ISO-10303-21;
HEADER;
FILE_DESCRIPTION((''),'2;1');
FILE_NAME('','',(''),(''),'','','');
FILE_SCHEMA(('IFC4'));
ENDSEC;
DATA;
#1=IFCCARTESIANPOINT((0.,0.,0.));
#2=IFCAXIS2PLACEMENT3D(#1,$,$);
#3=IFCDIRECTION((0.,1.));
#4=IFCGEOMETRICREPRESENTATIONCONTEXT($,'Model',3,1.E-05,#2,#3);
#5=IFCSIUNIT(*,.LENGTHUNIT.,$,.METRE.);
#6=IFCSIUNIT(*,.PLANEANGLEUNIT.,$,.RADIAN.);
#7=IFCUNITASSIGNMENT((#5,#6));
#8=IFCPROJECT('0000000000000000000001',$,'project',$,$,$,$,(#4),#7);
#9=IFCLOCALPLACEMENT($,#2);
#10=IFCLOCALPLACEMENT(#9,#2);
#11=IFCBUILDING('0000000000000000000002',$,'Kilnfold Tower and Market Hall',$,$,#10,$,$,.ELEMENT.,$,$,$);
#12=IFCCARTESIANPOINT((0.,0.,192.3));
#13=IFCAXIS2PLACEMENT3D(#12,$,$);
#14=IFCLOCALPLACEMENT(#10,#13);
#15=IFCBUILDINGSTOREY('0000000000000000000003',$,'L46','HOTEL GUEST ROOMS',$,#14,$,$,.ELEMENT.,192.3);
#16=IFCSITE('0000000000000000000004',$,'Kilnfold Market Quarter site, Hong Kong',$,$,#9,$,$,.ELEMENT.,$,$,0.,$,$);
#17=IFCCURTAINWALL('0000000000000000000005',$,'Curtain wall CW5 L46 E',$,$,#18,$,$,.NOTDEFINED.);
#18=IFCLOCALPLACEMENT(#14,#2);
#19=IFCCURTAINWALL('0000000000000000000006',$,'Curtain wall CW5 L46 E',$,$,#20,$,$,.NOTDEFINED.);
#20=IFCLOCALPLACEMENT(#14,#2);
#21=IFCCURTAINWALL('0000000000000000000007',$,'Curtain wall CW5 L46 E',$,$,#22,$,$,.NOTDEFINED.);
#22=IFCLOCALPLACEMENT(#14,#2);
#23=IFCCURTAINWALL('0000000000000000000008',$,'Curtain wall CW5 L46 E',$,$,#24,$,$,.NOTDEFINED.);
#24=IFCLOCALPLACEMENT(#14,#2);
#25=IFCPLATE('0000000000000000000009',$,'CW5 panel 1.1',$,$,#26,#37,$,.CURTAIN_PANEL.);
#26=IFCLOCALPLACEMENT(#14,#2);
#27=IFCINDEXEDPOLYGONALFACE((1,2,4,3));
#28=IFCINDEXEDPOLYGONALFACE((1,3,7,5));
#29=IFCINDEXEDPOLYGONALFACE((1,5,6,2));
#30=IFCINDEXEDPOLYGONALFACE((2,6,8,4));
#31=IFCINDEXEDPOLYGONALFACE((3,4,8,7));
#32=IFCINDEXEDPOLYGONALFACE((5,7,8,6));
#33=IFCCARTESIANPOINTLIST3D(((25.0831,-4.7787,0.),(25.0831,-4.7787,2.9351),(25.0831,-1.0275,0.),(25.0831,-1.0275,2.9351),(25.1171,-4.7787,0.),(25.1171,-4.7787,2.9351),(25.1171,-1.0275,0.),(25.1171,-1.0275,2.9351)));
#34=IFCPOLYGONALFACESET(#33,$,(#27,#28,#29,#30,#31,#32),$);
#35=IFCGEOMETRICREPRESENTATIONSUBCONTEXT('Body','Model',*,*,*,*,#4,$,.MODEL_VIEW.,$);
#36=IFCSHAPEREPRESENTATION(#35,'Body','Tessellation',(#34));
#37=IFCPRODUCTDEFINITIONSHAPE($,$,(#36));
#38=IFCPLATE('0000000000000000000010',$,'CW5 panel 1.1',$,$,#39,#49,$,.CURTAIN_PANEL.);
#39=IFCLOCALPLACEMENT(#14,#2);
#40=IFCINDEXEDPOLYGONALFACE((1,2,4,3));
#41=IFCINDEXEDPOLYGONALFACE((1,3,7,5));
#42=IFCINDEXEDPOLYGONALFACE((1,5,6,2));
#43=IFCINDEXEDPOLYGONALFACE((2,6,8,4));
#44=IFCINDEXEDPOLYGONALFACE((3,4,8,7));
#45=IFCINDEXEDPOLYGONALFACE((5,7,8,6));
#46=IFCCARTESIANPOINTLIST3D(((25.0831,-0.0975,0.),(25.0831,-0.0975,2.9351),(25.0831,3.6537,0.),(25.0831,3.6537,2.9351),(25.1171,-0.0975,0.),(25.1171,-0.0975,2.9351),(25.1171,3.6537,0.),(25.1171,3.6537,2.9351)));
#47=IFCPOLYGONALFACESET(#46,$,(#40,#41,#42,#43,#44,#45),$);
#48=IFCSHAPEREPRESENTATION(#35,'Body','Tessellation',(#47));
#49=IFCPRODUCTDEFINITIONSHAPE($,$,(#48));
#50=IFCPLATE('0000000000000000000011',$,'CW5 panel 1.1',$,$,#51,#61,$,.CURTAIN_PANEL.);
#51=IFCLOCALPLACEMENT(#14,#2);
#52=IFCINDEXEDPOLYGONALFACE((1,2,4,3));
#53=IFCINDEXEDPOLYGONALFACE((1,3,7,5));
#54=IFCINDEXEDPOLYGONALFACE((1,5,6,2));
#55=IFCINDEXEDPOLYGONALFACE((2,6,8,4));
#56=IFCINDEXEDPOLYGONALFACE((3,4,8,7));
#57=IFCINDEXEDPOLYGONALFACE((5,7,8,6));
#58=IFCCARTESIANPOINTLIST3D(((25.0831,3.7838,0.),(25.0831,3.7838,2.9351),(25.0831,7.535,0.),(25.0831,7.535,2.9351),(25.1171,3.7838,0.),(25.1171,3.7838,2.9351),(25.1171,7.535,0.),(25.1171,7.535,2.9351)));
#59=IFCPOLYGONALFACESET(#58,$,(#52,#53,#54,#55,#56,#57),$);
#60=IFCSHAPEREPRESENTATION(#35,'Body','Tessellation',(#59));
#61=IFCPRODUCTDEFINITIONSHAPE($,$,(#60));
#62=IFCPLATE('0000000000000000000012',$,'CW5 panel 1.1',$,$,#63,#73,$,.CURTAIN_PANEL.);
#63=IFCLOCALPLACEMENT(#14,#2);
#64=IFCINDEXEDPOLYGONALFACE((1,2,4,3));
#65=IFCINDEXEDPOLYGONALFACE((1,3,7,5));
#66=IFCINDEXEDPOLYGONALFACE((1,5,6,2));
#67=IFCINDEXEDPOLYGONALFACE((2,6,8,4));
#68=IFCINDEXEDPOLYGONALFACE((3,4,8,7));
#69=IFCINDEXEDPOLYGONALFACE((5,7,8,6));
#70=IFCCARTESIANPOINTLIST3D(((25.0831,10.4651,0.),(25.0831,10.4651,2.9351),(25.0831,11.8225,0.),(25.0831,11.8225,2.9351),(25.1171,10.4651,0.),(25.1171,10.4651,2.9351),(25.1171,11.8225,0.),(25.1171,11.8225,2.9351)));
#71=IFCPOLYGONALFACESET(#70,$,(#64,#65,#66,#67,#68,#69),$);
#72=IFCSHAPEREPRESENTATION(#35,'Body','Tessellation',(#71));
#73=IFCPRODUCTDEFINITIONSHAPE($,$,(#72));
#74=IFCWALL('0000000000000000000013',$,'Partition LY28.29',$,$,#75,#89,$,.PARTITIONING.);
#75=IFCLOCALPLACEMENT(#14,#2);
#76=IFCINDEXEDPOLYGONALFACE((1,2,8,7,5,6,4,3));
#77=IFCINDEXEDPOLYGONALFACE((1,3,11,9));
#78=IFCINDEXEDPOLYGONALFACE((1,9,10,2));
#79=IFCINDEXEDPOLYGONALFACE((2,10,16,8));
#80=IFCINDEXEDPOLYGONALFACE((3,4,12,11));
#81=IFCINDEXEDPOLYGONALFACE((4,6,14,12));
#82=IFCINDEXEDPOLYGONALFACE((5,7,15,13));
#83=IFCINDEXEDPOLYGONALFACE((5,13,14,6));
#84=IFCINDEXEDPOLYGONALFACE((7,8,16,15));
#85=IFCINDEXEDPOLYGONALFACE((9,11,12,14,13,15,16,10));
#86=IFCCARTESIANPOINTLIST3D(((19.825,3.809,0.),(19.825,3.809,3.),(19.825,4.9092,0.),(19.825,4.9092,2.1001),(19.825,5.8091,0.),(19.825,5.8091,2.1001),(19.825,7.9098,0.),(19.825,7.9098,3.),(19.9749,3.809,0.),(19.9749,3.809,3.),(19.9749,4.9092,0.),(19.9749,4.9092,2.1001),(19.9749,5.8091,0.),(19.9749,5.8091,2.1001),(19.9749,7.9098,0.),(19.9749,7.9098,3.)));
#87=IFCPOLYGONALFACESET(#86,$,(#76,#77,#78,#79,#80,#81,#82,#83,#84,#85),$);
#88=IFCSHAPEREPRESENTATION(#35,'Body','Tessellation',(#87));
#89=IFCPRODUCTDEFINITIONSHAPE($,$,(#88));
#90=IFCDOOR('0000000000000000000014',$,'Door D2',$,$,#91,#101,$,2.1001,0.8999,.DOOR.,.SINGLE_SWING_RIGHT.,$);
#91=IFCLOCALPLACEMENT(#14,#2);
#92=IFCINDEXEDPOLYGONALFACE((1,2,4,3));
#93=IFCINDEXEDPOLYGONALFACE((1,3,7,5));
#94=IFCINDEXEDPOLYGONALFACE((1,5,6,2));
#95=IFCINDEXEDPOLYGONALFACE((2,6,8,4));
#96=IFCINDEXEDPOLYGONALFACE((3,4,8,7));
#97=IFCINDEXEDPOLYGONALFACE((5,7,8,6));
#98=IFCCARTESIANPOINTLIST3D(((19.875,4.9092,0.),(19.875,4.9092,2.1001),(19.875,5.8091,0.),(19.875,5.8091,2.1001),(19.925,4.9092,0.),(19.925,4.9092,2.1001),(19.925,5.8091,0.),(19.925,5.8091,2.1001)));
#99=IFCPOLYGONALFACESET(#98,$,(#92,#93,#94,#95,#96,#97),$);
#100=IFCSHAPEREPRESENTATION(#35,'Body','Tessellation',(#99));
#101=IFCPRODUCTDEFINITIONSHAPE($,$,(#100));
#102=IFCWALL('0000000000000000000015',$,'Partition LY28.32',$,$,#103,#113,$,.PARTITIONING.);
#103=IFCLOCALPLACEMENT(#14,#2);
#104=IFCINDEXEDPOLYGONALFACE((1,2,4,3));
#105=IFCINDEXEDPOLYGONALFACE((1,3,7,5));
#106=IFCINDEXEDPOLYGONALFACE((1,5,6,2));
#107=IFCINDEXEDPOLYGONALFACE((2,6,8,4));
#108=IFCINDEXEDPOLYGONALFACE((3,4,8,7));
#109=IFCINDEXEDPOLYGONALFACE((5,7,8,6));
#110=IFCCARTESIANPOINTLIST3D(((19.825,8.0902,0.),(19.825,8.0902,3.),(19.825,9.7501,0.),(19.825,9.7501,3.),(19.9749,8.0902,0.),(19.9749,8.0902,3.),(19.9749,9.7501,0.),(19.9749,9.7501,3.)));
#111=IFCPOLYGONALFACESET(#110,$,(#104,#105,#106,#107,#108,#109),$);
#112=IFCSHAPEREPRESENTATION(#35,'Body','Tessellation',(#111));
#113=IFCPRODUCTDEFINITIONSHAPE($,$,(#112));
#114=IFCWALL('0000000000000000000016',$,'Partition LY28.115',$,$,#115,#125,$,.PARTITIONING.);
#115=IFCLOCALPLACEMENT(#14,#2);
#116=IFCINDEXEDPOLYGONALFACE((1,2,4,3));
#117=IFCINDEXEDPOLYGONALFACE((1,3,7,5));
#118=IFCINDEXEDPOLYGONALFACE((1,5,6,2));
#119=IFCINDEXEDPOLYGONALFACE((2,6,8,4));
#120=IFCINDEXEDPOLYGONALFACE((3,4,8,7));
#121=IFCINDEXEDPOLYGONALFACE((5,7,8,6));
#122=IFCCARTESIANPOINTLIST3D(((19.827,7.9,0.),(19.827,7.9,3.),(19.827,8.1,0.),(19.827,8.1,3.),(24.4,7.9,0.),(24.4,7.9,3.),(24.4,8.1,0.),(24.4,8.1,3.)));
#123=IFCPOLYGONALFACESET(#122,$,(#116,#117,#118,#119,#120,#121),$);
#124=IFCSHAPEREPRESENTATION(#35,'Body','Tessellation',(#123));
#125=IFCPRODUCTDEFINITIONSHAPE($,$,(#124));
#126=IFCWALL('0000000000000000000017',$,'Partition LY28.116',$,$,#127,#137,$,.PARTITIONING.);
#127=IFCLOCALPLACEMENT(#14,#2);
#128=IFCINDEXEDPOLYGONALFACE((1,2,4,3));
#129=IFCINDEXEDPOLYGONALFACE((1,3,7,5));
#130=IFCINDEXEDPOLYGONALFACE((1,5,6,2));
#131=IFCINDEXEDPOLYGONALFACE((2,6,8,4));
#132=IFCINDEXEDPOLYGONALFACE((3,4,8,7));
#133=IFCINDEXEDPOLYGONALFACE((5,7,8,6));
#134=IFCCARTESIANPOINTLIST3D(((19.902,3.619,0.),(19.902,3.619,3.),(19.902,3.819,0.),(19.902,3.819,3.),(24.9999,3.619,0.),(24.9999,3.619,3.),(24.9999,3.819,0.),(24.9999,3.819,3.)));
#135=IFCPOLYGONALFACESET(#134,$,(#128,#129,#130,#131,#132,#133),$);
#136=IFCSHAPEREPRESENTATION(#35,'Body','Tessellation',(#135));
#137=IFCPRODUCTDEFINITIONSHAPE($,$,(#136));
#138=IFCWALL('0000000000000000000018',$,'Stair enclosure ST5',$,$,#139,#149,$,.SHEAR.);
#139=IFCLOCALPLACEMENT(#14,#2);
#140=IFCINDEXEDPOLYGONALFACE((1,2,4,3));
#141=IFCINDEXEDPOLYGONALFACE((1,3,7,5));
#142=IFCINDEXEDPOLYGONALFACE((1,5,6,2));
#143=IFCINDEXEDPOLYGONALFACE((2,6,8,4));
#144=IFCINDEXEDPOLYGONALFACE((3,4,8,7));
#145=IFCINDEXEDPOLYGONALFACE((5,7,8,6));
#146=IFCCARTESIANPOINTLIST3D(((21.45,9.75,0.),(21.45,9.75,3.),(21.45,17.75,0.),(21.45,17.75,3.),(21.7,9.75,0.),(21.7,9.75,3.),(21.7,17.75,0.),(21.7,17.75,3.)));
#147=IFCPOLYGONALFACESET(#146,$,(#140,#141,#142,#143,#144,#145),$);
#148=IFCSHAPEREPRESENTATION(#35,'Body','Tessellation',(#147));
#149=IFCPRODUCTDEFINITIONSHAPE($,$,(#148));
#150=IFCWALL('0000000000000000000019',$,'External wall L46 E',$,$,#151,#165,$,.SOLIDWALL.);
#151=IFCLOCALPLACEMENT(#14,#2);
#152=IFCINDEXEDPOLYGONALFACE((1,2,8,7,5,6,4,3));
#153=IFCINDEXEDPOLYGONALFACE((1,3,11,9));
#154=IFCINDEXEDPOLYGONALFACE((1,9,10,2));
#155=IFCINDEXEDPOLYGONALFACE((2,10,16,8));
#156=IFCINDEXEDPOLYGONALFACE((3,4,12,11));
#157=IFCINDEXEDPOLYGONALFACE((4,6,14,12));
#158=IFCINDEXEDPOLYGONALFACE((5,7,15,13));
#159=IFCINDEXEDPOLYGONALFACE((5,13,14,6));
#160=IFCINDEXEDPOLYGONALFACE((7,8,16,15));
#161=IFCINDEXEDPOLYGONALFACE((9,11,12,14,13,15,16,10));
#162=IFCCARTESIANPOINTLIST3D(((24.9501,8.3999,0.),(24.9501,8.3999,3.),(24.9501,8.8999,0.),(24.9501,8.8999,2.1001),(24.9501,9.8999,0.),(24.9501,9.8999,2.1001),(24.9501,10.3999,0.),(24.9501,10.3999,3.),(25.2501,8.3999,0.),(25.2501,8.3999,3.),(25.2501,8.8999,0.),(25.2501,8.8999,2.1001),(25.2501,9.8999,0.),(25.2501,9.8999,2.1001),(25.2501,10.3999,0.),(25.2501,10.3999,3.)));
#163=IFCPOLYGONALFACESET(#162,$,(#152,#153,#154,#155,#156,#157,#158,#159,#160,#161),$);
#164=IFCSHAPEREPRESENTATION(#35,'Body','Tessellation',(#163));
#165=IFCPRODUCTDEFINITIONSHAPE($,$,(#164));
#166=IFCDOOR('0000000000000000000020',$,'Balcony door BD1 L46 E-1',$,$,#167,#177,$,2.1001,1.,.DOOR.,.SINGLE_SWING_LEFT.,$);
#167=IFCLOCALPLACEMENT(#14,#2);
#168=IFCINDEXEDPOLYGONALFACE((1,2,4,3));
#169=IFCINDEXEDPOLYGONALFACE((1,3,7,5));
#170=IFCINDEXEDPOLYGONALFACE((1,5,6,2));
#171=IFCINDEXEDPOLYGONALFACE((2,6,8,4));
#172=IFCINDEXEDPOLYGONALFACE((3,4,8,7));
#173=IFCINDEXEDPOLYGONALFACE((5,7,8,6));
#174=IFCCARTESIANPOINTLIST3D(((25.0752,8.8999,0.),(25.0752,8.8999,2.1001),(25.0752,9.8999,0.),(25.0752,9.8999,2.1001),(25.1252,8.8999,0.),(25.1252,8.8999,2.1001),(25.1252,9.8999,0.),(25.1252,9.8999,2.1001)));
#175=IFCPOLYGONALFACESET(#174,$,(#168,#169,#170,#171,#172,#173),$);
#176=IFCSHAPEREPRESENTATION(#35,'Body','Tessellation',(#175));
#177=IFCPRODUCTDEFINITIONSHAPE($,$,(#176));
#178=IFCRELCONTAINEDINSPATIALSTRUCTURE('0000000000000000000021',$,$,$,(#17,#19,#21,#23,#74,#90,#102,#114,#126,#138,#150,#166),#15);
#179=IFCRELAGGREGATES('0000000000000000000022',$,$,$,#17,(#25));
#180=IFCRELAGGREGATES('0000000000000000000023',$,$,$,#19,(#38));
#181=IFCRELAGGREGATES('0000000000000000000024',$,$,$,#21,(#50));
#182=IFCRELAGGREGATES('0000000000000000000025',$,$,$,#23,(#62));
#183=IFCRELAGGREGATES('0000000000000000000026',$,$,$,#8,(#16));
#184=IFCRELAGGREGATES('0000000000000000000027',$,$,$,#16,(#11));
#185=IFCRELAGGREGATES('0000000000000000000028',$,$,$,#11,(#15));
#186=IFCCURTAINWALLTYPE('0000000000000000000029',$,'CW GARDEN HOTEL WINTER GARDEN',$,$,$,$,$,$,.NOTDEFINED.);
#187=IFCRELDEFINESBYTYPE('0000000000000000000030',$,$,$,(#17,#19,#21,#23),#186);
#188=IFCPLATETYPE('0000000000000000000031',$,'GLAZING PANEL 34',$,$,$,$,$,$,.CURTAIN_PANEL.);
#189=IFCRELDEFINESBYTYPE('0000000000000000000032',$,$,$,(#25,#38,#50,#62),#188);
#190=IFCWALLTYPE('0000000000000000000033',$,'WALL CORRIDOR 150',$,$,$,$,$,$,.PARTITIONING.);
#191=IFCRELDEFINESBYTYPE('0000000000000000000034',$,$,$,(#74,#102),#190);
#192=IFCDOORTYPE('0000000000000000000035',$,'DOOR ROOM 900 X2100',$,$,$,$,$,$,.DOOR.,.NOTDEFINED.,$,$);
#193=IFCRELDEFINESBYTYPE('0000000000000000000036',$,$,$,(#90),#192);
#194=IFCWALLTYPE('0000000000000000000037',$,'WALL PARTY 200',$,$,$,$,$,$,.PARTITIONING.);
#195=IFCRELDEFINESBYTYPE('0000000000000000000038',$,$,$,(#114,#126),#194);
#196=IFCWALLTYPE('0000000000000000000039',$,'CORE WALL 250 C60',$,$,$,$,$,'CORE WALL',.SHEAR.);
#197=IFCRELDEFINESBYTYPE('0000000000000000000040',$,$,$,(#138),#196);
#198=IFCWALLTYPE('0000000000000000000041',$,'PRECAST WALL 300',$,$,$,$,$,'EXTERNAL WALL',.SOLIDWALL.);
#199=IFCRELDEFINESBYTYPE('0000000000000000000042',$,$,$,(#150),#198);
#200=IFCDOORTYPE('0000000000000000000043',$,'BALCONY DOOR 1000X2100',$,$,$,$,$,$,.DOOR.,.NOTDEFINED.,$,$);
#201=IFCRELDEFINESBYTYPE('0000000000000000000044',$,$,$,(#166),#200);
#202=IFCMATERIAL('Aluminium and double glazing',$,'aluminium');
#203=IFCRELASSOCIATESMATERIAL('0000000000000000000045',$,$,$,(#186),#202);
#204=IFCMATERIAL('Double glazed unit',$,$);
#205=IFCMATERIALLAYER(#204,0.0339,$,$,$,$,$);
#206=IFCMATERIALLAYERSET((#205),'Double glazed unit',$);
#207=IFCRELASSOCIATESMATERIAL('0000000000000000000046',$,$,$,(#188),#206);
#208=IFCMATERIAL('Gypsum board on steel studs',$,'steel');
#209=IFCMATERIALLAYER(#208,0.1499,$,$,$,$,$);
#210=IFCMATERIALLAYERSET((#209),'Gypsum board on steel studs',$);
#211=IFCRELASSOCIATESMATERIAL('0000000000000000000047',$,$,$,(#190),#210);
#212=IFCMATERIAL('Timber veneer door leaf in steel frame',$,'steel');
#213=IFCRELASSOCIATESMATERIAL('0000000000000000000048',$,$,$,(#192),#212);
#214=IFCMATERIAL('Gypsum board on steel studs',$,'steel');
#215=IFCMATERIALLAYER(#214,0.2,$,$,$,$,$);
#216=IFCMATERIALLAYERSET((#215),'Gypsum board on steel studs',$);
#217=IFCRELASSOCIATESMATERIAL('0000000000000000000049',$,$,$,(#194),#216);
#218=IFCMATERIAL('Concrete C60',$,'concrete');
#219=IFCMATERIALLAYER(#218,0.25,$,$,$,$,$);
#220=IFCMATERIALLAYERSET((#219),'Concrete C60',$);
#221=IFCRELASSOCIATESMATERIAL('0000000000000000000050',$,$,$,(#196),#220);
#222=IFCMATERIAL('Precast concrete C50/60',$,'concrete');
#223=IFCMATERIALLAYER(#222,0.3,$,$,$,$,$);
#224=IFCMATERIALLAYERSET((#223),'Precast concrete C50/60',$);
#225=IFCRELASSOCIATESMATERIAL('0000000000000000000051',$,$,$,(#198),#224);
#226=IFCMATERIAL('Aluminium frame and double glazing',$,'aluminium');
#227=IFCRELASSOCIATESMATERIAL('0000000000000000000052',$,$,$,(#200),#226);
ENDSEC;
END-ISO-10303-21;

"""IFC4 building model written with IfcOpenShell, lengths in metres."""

from ifc_helpers import new_model, si_unit, direction, frame, frame_2d, origin, origin_2d, place, context, subcontext, project, spatial, rectangle, extrude, source, transform, mapped, material, layer, layer_set, type_object, element, fill, aggregate, save


model = new_model("IFC4")

# Units and contexts
model_context = context("Model", 3, precision=1e-05, world=origin(), true_north=direction((0.0, 1.0)))
body_context = subcontext(model_context, "Body", "Model", "MODEL_VIEW")
ifc_project = project(units=[si_unit("LENGTHUNIT", "METRE"), si_unit("PLANEANGLEUNIT", "RADIAN")], contexts=[model_context])

# Site, building, storey
site_placement = place(None, origin())
site = spatial("IfcSite", under=ifc_project, at=site_placement, Name="Kilnfold Market Quarter site, Hong Kong", CompositionType="ELEMENT", RefElevation=0.0)
building_placement = place(site_placement, origin())
building = spatial("IfcBuilding", under=site, at=building_placement, Name="Kilnfold Tower and Market Hall", CompositionType="ELEMENT")
storey_placement = place(building_placement, frame((0.0, 0.0, 192.3)))
storey = spatial("IfcBuildingStorey", under=building, at=storey_placement, Name="L46", Description="HOTEL GUEST ROOMS", CompositionType="ELEMENT", Elevation=192.3)

# Curtain wall
ifc_material_1 = material(Name="Aluminium and double glazing", Category="aluminium")
curtain_wall_type = type_object("IfcCurtainWallType", Name="CW GARDEN HOTEL WINTER GARDEN", PredefinedType="NOTDEFINED", material=ifc_material_1)
curtain_wall_1_placement = place(storey_placement, origin())
curtain_wall_1 = element("IfcCurtainWall", 1, at=curtain_wall_1_placement, inside=storey, type_object=curtain_wall_type, Name="Curtain wall CW5 L46 E", PredefinedType="NOTDEFINED")

# Curtain walls
curtain_wall_2_placement = place(storey_placement, origin())
curtain_wall_2 = element("IfcCurtainWall", 2, at=curtain_wall_2_placement, inside=storey, type_object=curtain_wall_type, Name="Curtain wall CW5 L46 E", PredefinedType="NOTDEFINED")
curtain_wall_3_placement = place(storey_placement, origin())
curtain_wall_3 = element("IfcCurtainWall", 3, at=curtain_wall_3_placement, inside=storey, type_object=curtain_wall_type, Name="Curtain wall CW5 L46 E", PredefinedType="NOTDEFINED")
curtain_wall_4_placement = place(storey_placement, origin())
curtain_wall_4 = element("IfcCurtainWall", 4, at=curtain_wall_4_placement, inside=storey, type_object=curtain_wall_type, Name="Curtain wall CW5 L46 E", PredefinedType="NOTDEFINED")

# Plates
ifc_material_2 = material(Name="Double glazed unit")
ifc_layer_1 = layer(ifc_material_2, 0.0339)
ifc_layer_set_1 = layer_set([ifc_layer_1], Name="Double glazed unit")
plate_type = type_object("IfcPlateType", Name="GLAZING PANEL 34", PredefinedType="CURTAIN_PANEL", material=ifc_layer_set_1)
shared_shape_1 = source(origin(), body_context, "Body", "SweptSolid", [
    extrude(rectangle(XDim=3.7512, YDim=0.0339, at=origin_2d()), origin(), (0.0, 0.0, 1.0), 2.9351),
])
plate_1_placement = place(storey_placement, frame((25.1001, -2.9031, 0.0), z_axis=(0.0, 0.0, 1.0), x_axis=(0.0, 1.0, 0.0)))
plate_1 = element("IfcPlate", 5, at=plate_1_placement, type_object=plate_type, Name="CW5 panel 1.1", PredefinedType="CURTAIN_PANEL", context=body_context, shape_type="MappedRepresentation", body=[
    mapped(shared_shape_1, transform((0.0, 0.0, 0.0))),
])
aggregate(curtain_wall_1, [plate_1])
plate_2_placement = place(storey_placement, frame((25.1001, 1.7781, 0.0), z_axis=(0.0, 0.0, 1.0), x_axis=(0.0, 1.0, 0.0)))
plate_2 = element("IfcPlate", 6, at=plate_2_placement, type_object=plate_type, Name="CW5 panel 1.1", PredefinedType="CURTAIN_PANEL", context=body_context, shape_type="MappedRepresentation", body=[
    mapped(shared_shape_1, transform((0.0, 0.0, 0.0))),
])
aggregate(curtain_wall_2, [plate_2])
plate_3_placement = place(storey_placement, frame((25.1001, 5.6594, 0.0), z_axis=(0.0, 0.0, 1.0), x_axis=(0.0, 1.0, 0.0)))
plate_3 = element("IfcPlate", 7, at=plate_3_placement, type_object=plate_type, Name="CW5 panel 1.1", PredefinedType="CURTAIN_PANEL", context=body_context, shape_type="MappedRepresentation", body=[
    mapped(shared_shape_1, transform((0.0, 0.0, 0.0))),
])
aggregate(curtain_wall_3, [plate_3])
shared_shape_2 = source(origin(), body_context, "Body", "SweptSolid", [
    extrude(rectangle(XDim=1.3574, YDim=0.0339, at=origin_2d()), origin(), (0.0, 0.0, 1.0), 2.9351),
])
plate_4_placement = place(storey_placement, frame((25.1001, 11.1438, 0.0), z_axis=(0.0, 0.0, 1.0), x_axis=(0.0, 1.0, 0.0)))
plate_4 = element("IfcPlate", 8, at=plate_4_placement, type_object=plate_type, Name="CW5 panel 1.1", PredefinedType="CURTAIN_PANEL", context=body_context, shape_type="MappedRepresentation", body=[
    mapped(shared_shape_2, transform((0.0, 0.0, 0.0))),
])
aggregate(curtain_wall_4, [plate_4])

# Wall, opening, door
ifc_material_3 = material(Name="Gypsum board on steel studs", Category="steel")
ifc_layer_2 = layer(ifc_material_3, 0.1499)
ifc_layer_set_2 = layer_set([ifc_layer_2], Name="Gypsum board on steel studs")
wall_type_1 = type_object("IfcWallType", Name="WALL CORRIDOR 150", PredefinedType="PARTITIONING", material=ifc_layer_set_2)
wall_1_placement = place(storey_placement, frame((19.8999, 3.8091, 0.0), z_axis=(0.0, 0.0, 1.0), x_axis=(0.0, 1.0, 0.0)))
wall_1 = element("IfcWall", 9, at=wall_1_placement, inside=storey, type_object=wall_type_1, Name="Partition LY28.29", PredefinedType="PARTITIONING", context=body_context, shape_type="SweptSolid", body=[
    extrude(rectangle(XDim=4.1008, YDim=0.1499, at=frame_2d((2.0503, 0.0))), origin(), (0.0, 0.0, 1.0), 3.0),
])
opening_1_placement = place(wall_1_placement, frame((1.1001, 0.0, 0.0)))
opening_1 = element("IfcOpeningElement", 10, at=opening_1_placement, cuts=wall_1, PredefinedType="OPENING", context=body_context, shape_type="SweptSolid", body=[
    extrude(rectangle(XDim=0.8999, YDim=2.1001, at=frame_2d((0.45, 1.05))), frame((0.0, 0.085, 0.0), z_axis=(0.0, -1.0, 0.0), x_axis=(1.0, 0.0, 0.0)), (0.0, 0.0, 1.0), 0.1699),
])
ifc_material_4 = material(Name="Timber veneer door leaf in steel frame", Category="steel")
door_type_1 = type_object("IfcDoorType", Name="DOOR ROOM 900 X2100", OperationType="NOTDEFINED", PredefinedType="DOOR", material=ifc_material_4)
door_1_placement = place(opening_1_placement, origin())
door_1 = element("IfcDoor", 11, at=door_1_placement, inside=storey, type_object=door_type_1, Name="Door D2", OperationType="SINGLE_SWING_RIGHT", OverallHeight=2.1001, OverallWidth=0.8999, PredefinedType="DOOR", context=body_context, shape_type="SweptSolid", body=[
    extrude(rectangle(XDim=0.8999, YDim=2.1001, at=frame_2d((0.45, 1.05))), frame((0.0, 0.0249, 0.0), z_axis=(0.0, -1.0, 0.0), x_axis=(1.0, 0.0, 0.0)), (0.0, 0.0, 1.0), 0.05),
])
fill(opening_1, door_1)

# Walls
wall_2_placement = place(storey_placement, frame((19.8999, 8.0901, 0.0), z_axis=(0.0, 0.0, 1.0), x_axis=(0.0, 1.0, 0.0)))
element("IfcWall", 12, at=wall_2_placement, inside=storey, type_object=wall_type_1, Name="Partition LY28.32", PredefinedType="PARTITIONING", context=body_context, shape_type="SweptSolid", body=[
    extrude(rectangle(XDim=1.6599, YDim=0.1499, at=frame_2d((0.8301, 0.0))), origin(), (0.0, 0.0, 1.0), 3.0),
])
ifc_material_5 = material(Name="Gypsum board on steel studs", Category="steel")
ifc_layer_3 = layer(ifc_material_5, 0.2)
ifc_layer_set_3 = layer_set([ifc_layer_3], Name="Gypsum board on steel studs")
wall_type_2 = type_object("IfcWallType", Name="WALL PARTY 200", PredefinedType="PARTITIONING", material=ifc_layer_set_3)
wall_3_placement = place(storey_placement, frame((19.8269, 8.0, 0.0), z_axis=(0.0, 0.0, 1.0), x_axis=(1.0, 0.0, 0.0)))
element("IfcWall", 13, at=wall_3_placement, inside=storey, type_object=wall_type_2, Name="Partition LY28.115", PredefinedType="PARTITIONING", context=body_context, shape_type="SweptSolid", body=[
    extrude(rectangle(XDim=4.573, YDim=0.2, at=frame_2d((2.2866, 0.0))), origin(), (0.0, 0.0, 1.0), 3.0),
])
wall_4_placement = place(storey_placement, frame((19.9021, 3.719, 0.0), z_axis=(0.0, 0.0, 1.0), x_axis=(1.0, 0.0, 0.0)))
element("IfcWall", 14, at=wall_4_placement, inside=storey, type_object=wall_type_2, Name="Partition LY28.116", PredefinedType="PARTITIONING", context=body_context, shape_type="SweptSolid", body=[
    extrude(rectangle(XDim=5.0979, YDim=0.2, at=frame_2d((2.5488, 0.0))), origin(), (0.0, 0.0, 1.0), 3.0),
])
ifc_material_6 = material(Name="Concrete C60", Category="concrete")
ifc_layer_4 = layer(ifc_material_6, 0.25)
ifc_layer_set_4 = layer_set([ifc_layer_4], Name="Concrete C60")
wall_type_3 = type_object("IfcWallType", Name="CORE WALL 250 C60", ElementType="CORE WALL", PredefinedType="SHEAR", material=ifc_layer_set_4)
shared_shape_3 = source(origin(), body_context, "Body", "SweptSolid", [
    extrude(rectangle(XDim=8.0, YDim=0.25, at=frame_2d((4.0, 0.0))), origin(), (0.0, 0.0, 1.0), 3.0),
])
wall_5_placement = place(storey_placement, frame((21.575, 9.75, 0.0), z_axis=(0.0, 0.0, 1.0), x_axis=(0.0, 1.0, 0.0)))
element("IfcWall", 15, at=wall_5_placement, inside=storey, type_object=wall_type_3, Name="Stair enclosure ST5", PredefinedType="SHEAR", context=body_context, shape_type="MappedRepresentation", body=[
    mapped(shared_shape_3, transform((0.0, 0.0, 0.0))),
])

# Wall, opening, door
ifc_material_7 = material(Name="Precast concrete C50/60", Category="concrete")
ifc_layer_5 = layer(ifc_material_7, 0.3)
ifc_layer_set_5 = layer_set([ifc_layer_5], Name="Precast concrete C50/60")
wall_type_4 = type_object("IfcWallType", Name="PRECAST WALL 300", ElementType="EXTERNAL WALL", PredefinedType="SOLIDWALL", material=ifc_layer_set_5)
shared_shape_4 = source(origin(), body_context, "Body", "SweptSolid", [
    extrude(rectangle(XDim=2.0, YDim=0.3, at=frame_2d((1.0, 0.0))), origin(), (0.0, 0.0, 1.0), 3.0),
])
wall_6_placement = place(storey_placement, frame((25.1001, 8.3999, 0.0), z_axis=(0.0, 0.0, 1.0), x_axis=(0.0, 1.0, 0.0)))
wall_6 = element("IfcWall", 16, at=wall_6_placement, inside=storey, type_object=wall_type_4, Name="External wall L46 E", PredefinedType="SOLIDWALL", context=body_context, shape_type="MappedRepresentation", body=[
    mapped(shared_shape_4, transform((0.0, 0.0, 0.0))),
])
opening_2_placement = place(wall_6_placement, frame((0.5, 0.0, 0.0)))
opening_2 = element("IfcOpeningElement", 17, at=opening_2_placement, cuts=wall_6, PredefinedType="OPENING", context=body_context, shape_type="SweptSolid", body=[
    extrude(rectangle(XDim=1.0, YDim=2.1001, at=frame_2d((0.5, 1.05))), frame((0.0, 0.1602, 0.0), z_axis=(0.0, -1.0, 0.0), x_axis=(1.0, 0.0, 0.0)), (0.0, 0.0, 1.0), 0.3201),
])
ifc_material_8 = material(Name="Aluminium frame and double glazing", Category="aluminium")
door_type_2 = type_object("IfcDoorType", Name="BALCONY DOOR 1000X2100", OperationType="NOTDEFINED", PredefinedType="DOOR", material=ifc_material_8)
door_2_placement = place(opening_2_placement, origin())
door_2 = element("IfcDoor", 18, at=door_2_placement, inside=storey, type_object=door_type_2, Name="Balcony door BD1 L46 E-1", OperationType="SINGLE_SWING_LEFT", OverallHeight=2.1001, OverallWidth=1.0, PredefinedType="DOOR", context=body_context, shape_type="SweptSolid", body=[
    extrude(rectangle(XDim=1.0, YDim=2.1001, at=frame_2d((0.5, 1.05))), frame((0.0, 0.0249, 0.0), z_axis=(0.0, -1.0, 0.0), x_axis=(1.0, 0.0, 0.0)), (0.0, 0.0, 1.0), 0.05),
])
fill(opening_2, door_2)

save(model, "model.ifc")
